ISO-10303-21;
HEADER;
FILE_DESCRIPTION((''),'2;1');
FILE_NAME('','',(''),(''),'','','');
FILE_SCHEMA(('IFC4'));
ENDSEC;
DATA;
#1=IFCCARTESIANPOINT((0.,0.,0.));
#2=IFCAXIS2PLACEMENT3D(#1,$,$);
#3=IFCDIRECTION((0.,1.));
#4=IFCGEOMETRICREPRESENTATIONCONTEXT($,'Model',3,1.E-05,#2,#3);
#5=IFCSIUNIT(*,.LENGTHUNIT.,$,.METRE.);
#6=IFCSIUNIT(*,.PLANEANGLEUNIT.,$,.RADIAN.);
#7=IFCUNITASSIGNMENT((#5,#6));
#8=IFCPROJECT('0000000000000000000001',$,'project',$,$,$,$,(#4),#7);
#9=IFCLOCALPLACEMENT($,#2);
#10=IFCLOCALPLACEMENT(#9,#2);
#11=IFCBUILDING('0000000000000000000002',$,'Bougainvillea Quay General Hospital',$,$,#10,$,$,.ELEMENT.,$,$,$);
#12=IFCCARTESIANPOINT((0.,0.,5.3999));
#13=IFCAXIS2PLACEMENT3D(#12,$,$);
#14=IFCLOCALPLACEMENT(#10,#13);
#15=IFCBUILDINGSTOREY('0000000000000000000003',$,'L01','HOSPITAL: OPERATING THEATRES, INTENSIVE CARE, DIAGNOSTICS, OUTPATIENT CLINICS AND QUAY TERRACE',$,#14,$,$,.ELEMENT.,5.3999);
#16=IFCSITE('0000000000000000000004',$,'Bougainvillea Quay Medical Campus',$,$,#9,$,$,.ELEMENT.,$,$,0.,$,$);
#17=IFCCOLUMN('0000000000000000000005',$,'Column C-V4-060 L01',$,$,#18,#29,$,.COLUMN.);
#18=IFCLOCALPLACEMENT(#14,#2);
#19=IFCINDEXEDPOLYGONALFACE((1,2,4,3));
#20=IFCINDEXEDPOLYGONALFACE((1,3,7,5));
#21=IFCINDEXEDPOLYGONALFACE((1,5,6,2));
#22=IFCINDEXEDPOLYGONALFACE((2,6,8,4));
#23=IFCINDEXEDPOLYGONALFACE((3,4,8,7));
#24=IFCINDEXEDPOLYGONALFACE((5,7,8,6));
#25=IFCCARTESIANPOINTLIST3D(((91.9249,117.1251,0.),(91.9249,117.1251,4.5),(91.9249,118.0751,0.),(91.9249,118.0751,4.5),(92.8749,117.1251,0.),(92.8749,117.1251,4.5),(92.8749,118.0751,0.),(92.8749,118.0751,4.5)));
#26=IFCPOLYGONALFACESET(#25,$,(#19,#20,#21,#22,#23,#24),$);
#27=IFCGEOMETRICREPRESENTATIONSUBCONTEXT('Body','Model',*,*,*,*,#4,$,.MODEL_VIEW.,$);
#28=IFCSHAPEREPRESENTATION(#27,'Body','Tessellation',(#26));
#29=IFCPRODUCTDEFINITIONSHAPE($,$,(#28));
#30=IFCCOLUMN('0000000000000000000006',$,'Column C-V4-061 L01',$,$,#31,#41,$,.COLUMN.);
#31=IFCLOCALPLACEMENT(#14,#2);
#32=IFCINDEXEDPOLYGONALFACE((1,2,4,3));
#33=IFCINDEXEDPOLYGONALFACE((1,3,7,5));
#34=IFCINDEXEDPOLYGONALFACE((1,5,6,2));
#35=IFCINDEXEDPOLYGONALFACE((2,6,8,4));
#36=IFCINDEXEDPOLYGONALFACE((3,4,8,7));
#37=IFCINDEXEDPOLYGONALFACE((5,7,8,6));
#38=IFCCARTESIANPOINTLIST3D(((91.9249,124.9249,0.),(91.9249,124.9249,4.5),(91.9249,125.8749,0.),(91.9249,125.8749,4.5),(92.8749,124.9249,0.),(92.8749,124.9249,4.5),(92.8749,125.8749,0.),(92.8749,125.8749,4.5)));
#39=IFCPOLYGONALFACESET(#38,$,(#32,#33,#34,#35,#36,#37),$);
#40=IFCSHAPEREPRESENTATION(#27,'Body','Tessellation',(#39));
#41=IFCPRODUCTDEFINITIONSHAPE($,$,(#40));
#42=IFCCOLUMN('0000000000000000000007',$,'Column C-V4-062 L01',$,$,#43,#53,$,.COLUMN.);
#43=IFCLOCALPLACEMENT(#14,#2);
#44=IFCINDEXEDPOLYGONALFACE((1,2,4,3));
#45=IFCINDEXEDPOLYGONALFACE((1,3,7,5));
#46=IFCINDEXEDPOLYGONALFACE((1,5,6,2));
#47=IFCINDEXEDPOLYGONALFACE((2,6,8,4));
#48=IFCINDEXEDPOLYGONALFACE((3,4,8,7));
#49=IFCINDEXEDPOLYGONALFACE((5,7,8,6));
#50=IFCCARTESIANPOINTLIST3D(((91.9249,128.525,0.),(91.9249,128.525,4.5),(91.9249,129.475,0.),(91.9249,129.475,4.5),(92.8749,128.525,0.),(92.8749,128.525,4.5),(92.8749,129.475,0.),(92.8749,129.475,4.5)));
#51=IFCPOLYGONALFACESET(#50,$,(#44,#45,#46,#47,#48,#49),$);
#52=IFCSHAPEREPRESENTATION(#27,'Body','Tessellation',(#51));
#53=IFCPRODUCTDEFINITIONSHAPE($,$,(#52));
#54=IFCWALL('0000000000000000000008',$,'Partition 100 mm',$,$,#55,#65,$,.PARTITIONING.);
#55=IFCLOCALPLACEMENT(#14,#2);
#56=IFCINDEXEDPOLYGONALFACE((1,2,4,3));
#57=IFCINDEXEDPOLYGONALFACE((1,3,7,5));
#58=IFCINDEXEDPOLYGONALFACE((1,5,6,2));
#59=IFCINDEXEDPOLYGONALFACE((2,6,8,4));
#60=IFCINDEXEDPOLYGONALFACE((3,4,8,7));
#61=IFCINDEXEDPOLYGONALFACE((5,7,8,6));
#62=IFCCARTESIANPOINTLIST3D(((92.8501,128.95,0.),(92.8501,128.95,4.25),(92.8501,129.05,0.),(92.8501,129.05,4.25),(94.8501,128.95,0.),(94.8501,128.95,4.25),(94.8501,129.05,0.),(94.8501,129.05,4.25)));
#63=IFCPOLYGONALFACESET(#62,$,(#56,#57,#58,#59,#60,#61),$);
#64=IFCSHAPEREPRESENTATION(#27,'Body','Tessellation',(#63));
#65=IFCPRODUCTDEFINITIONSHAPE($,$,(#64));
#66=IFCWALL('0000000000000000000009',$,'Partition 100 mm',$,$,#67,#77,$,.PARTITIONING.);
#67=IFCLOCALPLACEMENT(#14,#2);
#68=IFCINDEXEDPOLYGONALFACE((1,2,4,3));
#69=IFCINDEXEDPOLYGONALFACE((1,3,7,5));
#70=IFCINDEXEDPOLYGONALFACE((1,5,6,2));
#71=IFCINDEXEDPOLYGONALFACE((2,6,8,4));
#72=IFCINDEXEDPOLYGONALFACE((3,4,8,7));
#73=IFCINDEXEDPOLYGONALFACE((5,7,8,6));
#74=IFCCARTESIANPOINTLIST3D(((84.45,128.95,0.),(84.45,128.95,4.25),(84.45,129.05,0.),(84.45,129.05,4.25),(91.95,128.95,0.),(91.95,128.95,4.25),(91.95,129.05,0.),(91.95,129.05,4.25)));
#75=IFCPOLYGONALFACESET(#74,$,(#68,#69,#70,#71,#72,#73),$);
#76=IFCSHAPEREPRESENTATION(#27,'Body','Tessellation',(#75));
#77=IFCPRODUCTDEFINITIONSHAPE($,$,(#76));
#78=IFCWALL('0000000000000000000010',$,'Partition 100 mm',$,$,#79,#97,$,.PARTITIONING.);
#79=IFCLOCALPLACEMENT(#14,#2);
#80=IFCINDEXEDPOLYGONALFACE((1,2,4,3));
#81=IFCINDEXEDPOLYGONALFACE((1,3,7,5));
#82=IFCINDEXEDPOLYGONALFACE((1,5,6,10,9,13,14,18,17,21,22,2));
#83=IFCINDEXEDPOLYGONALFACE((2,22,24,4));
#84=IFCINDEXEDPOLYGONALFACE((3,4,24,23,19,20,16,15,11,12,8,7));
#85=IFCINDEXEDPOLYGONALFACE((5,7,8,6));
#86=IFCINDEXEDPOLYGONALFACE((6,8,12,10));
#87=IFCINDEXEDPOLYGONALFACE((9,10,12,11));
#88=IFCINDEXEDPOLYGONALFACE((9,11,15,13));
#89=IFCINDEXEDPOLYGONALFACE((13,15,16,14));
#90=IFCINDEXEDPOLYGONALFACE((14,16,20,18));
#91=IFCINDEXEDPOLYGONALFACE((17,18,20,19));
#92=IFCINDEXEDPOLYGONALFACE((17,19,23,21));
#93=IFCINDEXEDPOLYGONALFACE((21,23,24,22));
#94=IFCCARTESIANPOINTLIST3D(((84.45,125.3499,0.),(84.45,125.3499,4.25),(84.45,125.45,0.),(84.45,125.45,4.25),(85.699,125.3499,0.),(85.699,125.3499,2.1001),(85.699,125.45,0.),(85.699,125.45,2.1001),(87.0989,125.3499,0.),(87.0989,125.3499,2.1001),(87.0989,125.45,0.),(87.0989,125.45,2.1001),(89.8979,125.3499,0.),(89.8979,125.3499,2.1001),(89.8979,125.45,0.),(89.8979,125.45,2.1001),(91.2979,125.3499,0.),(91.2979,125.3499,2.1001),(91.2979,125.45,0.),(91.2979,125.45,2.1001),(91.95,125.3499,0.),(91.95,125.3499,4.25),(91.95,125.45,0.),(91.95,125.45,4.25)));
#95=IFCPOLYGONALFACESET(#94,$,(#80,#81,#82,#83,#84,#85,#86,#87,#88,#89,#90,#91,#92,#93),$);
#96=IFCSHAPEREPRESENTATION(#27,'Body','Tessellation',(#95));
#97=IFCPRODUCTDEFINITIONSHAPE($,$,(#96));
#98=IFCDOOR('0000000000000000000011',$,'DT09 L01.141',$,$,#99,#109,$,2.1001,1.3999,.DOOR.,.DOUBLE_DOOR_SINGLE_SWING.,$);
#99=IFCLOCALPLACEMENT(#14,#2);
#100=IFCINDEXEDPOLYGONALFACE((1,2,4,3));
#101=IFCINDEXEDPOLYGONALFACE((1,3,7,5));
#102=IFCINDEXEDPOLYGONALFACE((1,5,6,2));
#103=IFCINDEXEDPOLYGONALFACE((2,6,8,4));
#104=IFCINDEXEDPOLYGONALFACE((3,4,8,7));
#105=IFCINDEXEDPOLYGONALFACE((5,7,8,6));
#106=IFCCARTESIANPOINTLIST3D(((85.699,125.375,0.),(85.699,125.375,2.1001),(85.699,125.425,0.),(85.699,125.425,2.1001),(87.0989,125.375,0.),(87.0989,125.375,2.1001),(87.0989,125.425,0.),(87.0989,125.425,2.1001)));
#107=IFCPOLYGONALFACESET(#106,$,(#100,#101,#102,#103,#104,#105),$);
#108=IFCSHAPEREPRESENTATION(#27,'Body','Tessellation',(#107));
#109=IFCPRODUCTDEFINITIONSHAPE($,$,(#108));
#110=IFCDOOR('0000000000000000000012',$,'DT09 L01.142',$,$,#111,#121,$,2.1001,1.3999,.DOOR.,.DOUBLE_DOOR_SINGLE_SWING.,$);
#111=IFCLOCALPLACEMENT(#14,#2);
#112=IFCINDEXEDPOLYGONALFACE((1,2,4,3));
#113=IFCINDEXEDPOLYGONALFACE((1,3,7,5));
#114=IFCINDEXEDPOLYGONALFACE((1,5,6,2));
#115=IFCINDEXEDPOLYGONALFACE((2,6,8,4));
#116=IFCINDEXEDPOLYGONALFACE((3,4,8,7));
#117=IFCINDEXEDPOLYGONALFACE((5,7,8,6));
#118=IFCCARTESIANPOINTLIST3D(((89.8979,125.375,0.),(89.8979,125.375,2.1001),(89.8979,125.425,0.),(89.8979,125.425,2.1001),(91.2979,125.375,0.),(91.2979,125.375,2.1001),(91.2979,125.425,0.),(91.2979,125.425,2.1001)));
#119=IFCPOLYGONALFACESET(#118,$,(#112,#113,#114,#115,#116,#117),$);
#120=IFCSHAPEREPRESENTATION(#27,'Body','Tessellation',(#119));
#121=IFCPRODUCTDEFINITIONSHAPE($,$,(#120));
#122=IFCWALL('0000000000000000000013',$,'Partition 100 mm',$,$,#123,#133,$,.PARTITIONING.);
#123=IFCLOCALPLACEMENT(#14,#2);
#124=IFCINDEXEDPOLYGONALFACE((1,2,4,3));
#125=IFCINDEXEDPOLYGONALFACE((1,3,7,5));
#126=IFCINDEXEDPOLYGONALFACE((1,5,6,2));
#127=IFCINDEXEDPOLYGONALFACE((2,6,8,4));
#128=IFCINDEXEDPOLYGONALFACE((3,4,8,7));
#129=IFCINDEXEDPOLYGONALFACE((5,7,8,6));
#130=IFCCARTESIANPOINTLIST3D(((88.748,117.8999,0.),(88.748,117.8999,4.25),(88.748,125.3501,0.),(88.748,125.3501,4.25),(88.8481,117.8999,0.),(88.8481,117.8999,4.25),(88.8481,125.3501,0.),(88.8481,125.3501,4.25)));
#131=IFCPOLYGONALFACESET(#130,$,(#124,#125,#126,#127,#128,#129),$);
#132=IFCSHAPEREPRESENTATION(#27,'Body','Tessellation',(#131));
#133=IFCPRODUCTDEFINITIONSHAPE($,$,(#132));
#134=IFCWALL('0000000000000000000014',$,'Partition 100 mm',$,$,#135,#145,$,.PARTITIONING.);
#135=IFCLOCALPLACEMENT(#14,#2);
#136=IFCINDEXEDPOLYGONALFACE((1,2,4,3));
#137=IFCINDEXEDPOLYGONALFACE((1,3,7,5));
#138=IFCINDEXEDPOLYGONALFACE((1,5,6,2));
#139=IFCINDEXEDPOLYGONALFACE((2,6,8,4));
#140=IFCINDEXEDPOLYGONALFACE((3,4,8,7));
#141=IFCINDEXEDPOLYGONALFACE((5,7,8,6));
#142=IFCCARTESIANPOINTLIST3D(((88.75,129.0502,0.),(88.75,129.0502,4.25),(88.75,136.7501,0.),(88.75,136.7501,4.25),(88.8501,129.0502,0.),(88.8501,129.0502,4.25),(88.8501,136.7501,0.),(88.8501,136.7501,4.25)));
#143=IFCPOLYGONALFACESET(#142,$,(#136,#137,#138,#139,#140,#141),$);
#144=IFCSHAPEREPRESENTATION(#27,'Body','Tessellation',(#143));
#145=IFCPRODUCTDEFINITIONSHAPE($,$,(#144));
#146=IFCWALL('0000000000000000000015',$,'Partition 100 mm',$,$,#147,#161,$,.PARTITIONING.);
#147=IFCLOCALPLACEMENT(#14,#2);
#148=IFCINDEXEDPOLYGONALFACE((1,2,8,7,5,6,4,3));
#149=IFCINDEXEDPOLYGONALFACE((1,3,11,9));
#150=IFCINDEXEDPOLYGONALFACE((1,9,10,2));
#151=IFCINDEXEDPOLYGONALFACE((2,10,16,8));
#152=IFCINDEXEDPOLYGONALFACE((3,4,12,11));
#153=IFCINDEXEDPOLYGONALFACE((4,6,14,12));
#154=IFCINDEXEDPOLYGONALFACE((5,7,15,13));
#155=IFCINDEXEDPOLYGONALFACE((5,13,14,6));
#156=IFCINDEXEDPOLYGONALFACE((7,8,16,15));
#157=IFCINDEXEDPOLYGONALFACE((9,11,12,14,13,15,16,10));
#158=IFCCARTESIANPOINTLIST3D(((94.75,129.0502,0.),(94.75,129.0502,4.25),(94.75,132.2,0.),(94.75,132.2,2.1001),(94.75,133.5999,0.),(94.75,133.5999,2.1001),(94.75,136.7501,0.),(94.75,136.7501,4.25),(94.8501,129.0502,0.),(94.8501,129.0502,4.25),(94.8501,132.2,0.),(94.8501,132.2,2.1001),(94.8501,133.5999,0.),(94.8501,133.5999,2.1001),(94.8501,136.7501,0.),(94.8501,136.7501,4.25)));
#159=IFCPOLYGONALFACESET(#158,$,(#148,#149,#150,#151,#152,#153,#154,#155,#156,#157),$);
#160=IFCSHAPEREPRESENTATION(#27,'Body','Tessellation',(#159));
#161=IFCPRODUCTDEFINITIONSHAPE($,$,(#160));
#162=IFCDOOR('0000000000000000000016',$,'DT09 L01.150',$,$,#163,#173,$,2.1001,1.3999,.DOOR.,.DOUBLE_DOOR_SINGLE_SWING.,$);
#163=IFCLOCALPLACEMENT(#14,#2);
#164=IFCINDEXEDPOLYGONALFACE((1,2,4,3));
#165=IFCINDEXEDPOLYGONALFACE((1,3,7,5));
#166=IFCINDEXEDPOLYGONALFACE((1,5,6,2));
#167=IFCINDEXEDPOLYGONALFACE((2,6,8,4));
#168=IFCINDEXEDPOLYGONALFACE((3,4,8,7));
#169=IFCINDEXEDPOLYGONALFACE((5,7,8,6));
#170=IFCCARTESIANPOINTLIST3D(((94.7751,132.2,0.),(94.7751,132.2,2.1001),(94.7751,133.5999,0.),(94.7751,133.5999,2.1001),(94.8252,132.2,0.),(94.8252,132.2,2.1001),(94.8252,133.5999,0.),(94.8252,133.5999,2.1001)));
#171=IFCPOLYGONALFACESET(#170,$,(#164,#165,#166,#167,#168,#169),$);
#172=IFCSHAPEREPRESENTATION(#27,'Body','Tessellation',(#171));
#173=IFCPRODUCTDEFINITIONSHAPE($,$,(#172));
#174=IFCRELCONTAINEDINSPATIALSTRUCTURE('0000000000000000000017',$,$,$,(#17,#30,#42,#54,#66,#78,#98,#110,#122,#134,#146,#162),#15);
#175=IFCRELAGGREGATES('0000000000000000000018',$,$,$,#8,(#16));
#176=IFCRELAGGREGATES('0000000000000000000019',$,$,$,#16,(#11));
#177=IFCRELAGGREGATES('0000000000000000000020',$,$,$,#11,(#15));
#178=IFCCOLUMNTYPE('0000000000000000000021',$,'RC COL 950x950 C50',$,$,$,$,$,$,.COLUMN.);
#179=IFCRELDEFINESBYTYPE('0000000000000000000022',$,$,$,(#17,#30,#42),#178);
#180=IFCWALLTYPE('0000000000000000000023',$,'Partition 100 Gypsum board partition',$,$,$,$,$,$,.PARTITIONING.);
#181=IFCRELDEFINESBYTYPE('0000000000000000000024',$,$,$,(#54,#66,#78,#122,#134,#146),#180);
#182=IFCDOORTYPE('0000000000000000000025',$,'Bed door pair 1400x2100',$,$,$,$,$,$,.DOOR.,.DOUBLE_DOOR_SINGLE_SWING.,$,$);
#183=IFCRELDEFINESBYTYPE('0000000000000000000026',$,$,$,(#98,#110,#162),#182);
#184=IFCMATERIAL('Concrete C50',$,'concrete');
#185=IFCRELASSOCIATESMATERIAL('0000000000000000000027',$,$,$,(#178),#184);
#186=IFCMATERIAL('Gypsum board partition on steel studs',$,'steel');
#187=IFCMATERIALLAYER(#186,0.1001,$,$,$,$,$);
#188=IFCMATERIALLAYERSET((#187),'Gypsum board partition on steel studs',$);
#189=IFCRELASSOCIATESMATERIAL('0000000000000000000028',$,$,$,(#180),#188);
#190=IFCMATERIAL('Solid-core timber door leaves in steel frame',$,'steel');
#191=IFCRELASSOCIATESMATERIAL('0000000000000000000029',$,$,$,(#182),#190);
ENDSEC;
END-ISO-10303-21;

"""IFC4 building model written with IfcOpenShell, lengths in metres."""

from ifc_helpers import new_model, si_unit, direction, frame, frame_2d, origin, origin_2d, place, context, subcontext, project, spatial, rectangle, extrude, material, layer, layer_set, material_profile, profile_set, type_object, element, fill, save


model = new_model("IFC4")

# Units and contexts
model_context = context("Model", 3, precision=1e-05, world=origin(), true_north=direction((0.0, 1.0)))
body_context = subcontext(model_context, "Body", "Model", "MODEL_VIEW")
ifc_project = project(units=[si_unit("LENGTHUNIT", "METRE"), si_unit("PLANEANGLEUNIT", "RADIAN")], contexts=[model_context])

# Site, building, storey
site_placement = place(None, origin())
site = spatial("IfcSite", under=ifc_project, at=site_placement, Name="Bougainvillea Quay Medical Campus", CompositionType="ELEMENT", RefElevation=0.0)
building_placement = place(site_placement, origin())
building = spatial("IfcBuilding", under=site, at=building_placement, Name="Bougainvillea Quay General Hospital", CompositionType="ELEMENT")
storey_placement = place(building_placement, frame((0.0, 0.0, 5.3999)))
storey = spatial("IfcBuildingStorey", under=building, at=storey_placement, Name="L01", Description="HOSPITAL: OPERATING THEATRES, INTENSIVE CARE, DIAGNOSTICS, OUTPATIENT CLINICS AND QUAY TERRACE", CompositionType="ELEMENT", Elevation=5.3999)

# Columns
ifc_material_1 = material(Name="Concrete C50", Category="concrete")
ifc_material_profile = material_profile(ifc_material_1, rectangle(XDim=0.95, YDim=0.95, at=origin_2d()))
ifc_profile_set = profile_set([ifc_material_profile], Name="Concrete C50")
column_type = type_object("IfcColumnType", Name="RC COL 950x950 C50", PredefinedType="COLUMN", material=ifc_profile_set)
for number, where, z_axis, x_axis, name in (
    (1, (92.3999, 117.6001, 0.0), (0.0, 0.0, 1.0), (1.0, 0.0, 0.0), "Column C-V4-060 L01"),
    (2, (92.3999, 125.3999, 0.0), (0.0, 0.0, 1.0), (1.0, 0.0, 0.0), "Column C-V4-061 L01"),
    (3, (92.3999, 129.0, 0.0), (0.0, 0.0, 1.0), (1.0, 0.0, 0.0), "Column C-V4-062 L01"),
):
    element("IfcColumn", number, at=place(storey_placement, frame(where, z_axis=z_axis, x_axis=x_axis)), inside=storey, type_object=column_type, Name=name, PredefinedType="COLUMN", context=body_context, shape_type="SweptSolid", body=[
        extrude(rectangle(XDim=0.95, YDim=0.95, at=origin_2d()), origin(), (0.0, 0.0, 1.0), 4.5),
    ])

# Walls
ifc_material_2 = material(Name="Gypsum board partition on steel studs", Category="steel")
ifc_layer_1 = layer(ifc_material_2, 0.1001)
ifc_layer_set_1 = layer_set([ifc_layer_1], Name="Gypsum board partition on steel studs")
wall_type_1 = type_object("IfcWallType", Name="Partition 100 Gypsum board partition", PredefinedType="PARTITIONING", material=ifc_layer_set_1)
wall_1_placement = place(storey_placement, frame((94.8501, 129.0, 0.0), z_axis=(0.0, 0.0, 1.0), x_axis=(-1.0, 0.0, 0.0)))
element("IfcWall", 4, at=wall_1_placement, inside=storey, type_object=wall_type_1, Name="Partition 100 mm", PredefinedType="PARTITIONING", context=body_context, shape_type="SweptSolid", body=[
    extrude(rectangle(XDim=2.0, YDim=0.1001, at=frame_2d((1.0, 0.0))), origin(), (0.0, 0.0, 1.0), 4.25),
])
wall_2_placement = place(storey_placement, frame((91.95, 129.0, 0.0), z_axis=(0.0, 0.0, 1.0), x_axis=(-1.0, 0.0, 0.0)))
element("IfcWall", 5, at=wall_2_placement, inside=storey, type_object=wall_type_1, Name="Partition 100 mm", PredefinedType="PARTITIONING", context=body_context, shape_type="SweptSolid", body=[
    extrude(rectangle(XDim=7.5, YDim=0.1001, at=frame_2d((3.75, 0.0))), origin(), (0.0, 0.0, 1.0), 4.25),
])

# Wall, openings, doors
wall_3_placement = place(storey_placement, frame((91.95, 125.3999, 0.0), z_axis=(0.0, 0.0, 1.0), x_axis=(-1.0, 0.0, 0.0)))
wall_3 = element("IfcWall", 6, at=wall_3_placement, inside=storey, type_object=wall_type_1, Name="Partition 100 mm", PredefinedType="PARTITIONING", context=body_context, shape_type="SweptSolid", body=[
    extrude(rectangle(XDim=7.5, YDim=0.1001, at=frame_2d((3.75, 0.0))), origin(), (0.0, 0.0, 1.0), 4.25),
])
opening_1_placement = place(wall_3_placement, frame((4.8511, 0.0, 0.0)))
opening_1 = element("IfcOpeningElement", 7, at=opening_1_placement, cuts=wall_3, PredefinedType="OPENING", context=body_context, shape_type="SweptSolid", body=[
    extrude(rectangle(XDim=1.3999, YDim=2.1001, at=frame_2d((0.7, 1.05))), frame((0.0, 0.0601, 0.0), z_axis=(0.0, -1.0, 0.0), x_axis=(1.0, 0.0, 0.0)), (0.0, 0.0, 1.0), 0.1201),
])
opening_2_placement = place(wall_3_placement, frame((0.6521, 0.0, 0.0)))
opening_2 = element("IfcOpeningElement", 8, at=opening_2_placement, cuts=wall_3, PredefinedType="OPENING", context=body_context, shape_type="SweptSolid", body=[
    extrude(rectangle(XDim=1.3999, YDim=2.1001, at=frame_2d((0.7, 1.05))), frame((0.0, 0.0601, 0.0), z_axis=(0.0, -1.0, 0.0), x_axis=(1.0, 0.0, 0.0)), (0.0, 0.0, 1.0), 0.1201),
])
ifc_material_3 = material(Name="Solid-core timber door leaves in steel frame", Category="steel")
door_type_1 = type_object("IfcDoorType", Name="Bed door pair 1400x2100", OperationType="DOUBLE_DOOR_SINGLE_SWING", PredefinedType="DOOR", material=ifc_material_3)
door_1_placement = place(opening_1_placement, origin())
door_1 = element("IfcDoor", 9, at=door_1_placement, inside=storey, type_object=door_type_1, Name="DT09 L01.141", OperationType="DOUBLE_DOOR_SINGLE_SWING", OverallHeight=2.1001, OverallWidth=1.3999, PredefinedType="DOOR", context=body_context, shape_type="SweptSolid", body=[
    extrude(rectangle(XDim=1.3999, YDim=2.1001, at=frame_2d((0.7, 1.05))), frame((0.0, 0.0249, 0.0), z_axis=(0.0, -1.0, 0.0), x_axis=(1.0, 0.0, 0.0)), (0.0, 0.0, 1.0), 0.05),
])
fill(opening_1, door_1)
door_2_placement = place(opening_2_placement, origin())
door_2 = element("IfcDoor", 10, at=door_2_placement, inside=storey, type_object=door_type_1, Name="DT09 L01.142", OperationType="DOUBLE_DOOR_SINGLE_SWING", OverallHeight=2.1001, OverallWidth=1.3999, PredefinedType="DOOR", context=body_context, shape_type="SweptSolid", body=[
    extrude(rectangle(XDim=1.3999, YDim=2.1001, at=frame_2d((0.7, 1.05))), frame((0.0, 0.0249, 0.0), z_axis=(0.0, -1.0, 0.0), x_axis=(1.0, 0.0, 0.0)), (0.0, 0.0, 1.0), 0.05),
])
fill(opening_2, door_2)

# Walls
wall_4_placement = place(storey_placement, frame((88.7981, 117.8999, 0.0), z_axis=(0.0, 0.0, 1.0), x_axis=(0.0, 1.0, 0.0)))
element("IfcWall", 11, at=wall_4_placement, inside=storey, type_object=wall_type_1, Name="Partition 100 mm", PredefinedType="PARTITIONING", context=body_context, shape_type="SweptSolid", body=[
    extrude(rectangle(XDim=7.4502, YDim=0.1001, at=frame_2d((3.7251, 0.0))), origin(), (0.0, 0.0, 1.0), 4.25),
])
wall_5_placement = place(storey_placement, frame((88.8, 129.05, 0.0), z_axis=(0.0, 0.0, 1.0), x_axis=(0.0, 1.0, 0.0)))
element("IfcWall", 12, at=wall_5_placement, inside=storey, type_object=wall_type_1, Name="Partition 100 mm", PredefinedType="PARTITIONING", context=body_context, shape_type="SweptSolid", body=[
    extrude(rectangle(XDim=7.7, YDim=0.1001, at=frame_2d((3.8501, 0.0))), origin(), (0.0, 0.0, 1.0), 4.25),
])

# Wall, opening, door
wall_6_placement = place(storey_placement, frame((94.8, 129.05, 0.0), z_axis=(0.0, 0.0, 1.0), x_axis=(0.0, 1.0, 0.0)))
wall_6 = element("IfcWall", 13, at=wall_6_placement, inside=storey, type_object=wall_type_1, Name="Partition 100 mm", PredefinedType="PARTITIONING", context=body_context, shape_type="SweptSolid", body=[
    extrude(rectangle(XDim=7.7, YDim=0.1001, at=frame_2d((3.8501, 0.0))), origin(), (0.0, 0.0, 1.0), 4.25),
])
opening_3_placement = place(wall_6_placement, frame((3.1499, 0.0, 0.0)))
opening_3 = element("IfcOpeningElement", 14, at=opening_3_placement, cuts=wall_6, PredefinedType="OPENING", context=body_context, shape_type="SweptSolid", body=[
    extrude(rectangle(XDim=1.3999, YDim=2.1001, at=frame_2d((0.7, 1.05))), frame((0.0, 0.0601, 0.0), z_axis=(0.0, -1.0, 0.0), x_axis=(1.0, 0.0, 0.0)), (0.0, 0.0, 1.0), 0.1201),
])
door_3_placement = place(opening_3_placement, origin())
door_3 = element("IfcDoor", 15, at=door_3_placement, inside=storey, type_object=door_type_1, Name="DT09 L01.150", OperationType="DOUBLE_DOOR_SINGLE_SWING", OverallHeight=2.1001, OverallWidth=1.3999, PredefinedType="DOOR", context=body_context, shape_type="SweptSolid", body=[
    extrude(rectangle(XDim=1.3999, YDim=2.1001, at=frame_2d((0.7, 1.05))), frame((0.0, 0.0249, 0.0), z_axis=(0.0, -1.0, 0.0), x_axis=(1.0, 0.0, 0.0)), (0.0, 0.0, 1.0), 0.05),
])
fill(opening_3, door_3)

save(model, "model.ifc")
